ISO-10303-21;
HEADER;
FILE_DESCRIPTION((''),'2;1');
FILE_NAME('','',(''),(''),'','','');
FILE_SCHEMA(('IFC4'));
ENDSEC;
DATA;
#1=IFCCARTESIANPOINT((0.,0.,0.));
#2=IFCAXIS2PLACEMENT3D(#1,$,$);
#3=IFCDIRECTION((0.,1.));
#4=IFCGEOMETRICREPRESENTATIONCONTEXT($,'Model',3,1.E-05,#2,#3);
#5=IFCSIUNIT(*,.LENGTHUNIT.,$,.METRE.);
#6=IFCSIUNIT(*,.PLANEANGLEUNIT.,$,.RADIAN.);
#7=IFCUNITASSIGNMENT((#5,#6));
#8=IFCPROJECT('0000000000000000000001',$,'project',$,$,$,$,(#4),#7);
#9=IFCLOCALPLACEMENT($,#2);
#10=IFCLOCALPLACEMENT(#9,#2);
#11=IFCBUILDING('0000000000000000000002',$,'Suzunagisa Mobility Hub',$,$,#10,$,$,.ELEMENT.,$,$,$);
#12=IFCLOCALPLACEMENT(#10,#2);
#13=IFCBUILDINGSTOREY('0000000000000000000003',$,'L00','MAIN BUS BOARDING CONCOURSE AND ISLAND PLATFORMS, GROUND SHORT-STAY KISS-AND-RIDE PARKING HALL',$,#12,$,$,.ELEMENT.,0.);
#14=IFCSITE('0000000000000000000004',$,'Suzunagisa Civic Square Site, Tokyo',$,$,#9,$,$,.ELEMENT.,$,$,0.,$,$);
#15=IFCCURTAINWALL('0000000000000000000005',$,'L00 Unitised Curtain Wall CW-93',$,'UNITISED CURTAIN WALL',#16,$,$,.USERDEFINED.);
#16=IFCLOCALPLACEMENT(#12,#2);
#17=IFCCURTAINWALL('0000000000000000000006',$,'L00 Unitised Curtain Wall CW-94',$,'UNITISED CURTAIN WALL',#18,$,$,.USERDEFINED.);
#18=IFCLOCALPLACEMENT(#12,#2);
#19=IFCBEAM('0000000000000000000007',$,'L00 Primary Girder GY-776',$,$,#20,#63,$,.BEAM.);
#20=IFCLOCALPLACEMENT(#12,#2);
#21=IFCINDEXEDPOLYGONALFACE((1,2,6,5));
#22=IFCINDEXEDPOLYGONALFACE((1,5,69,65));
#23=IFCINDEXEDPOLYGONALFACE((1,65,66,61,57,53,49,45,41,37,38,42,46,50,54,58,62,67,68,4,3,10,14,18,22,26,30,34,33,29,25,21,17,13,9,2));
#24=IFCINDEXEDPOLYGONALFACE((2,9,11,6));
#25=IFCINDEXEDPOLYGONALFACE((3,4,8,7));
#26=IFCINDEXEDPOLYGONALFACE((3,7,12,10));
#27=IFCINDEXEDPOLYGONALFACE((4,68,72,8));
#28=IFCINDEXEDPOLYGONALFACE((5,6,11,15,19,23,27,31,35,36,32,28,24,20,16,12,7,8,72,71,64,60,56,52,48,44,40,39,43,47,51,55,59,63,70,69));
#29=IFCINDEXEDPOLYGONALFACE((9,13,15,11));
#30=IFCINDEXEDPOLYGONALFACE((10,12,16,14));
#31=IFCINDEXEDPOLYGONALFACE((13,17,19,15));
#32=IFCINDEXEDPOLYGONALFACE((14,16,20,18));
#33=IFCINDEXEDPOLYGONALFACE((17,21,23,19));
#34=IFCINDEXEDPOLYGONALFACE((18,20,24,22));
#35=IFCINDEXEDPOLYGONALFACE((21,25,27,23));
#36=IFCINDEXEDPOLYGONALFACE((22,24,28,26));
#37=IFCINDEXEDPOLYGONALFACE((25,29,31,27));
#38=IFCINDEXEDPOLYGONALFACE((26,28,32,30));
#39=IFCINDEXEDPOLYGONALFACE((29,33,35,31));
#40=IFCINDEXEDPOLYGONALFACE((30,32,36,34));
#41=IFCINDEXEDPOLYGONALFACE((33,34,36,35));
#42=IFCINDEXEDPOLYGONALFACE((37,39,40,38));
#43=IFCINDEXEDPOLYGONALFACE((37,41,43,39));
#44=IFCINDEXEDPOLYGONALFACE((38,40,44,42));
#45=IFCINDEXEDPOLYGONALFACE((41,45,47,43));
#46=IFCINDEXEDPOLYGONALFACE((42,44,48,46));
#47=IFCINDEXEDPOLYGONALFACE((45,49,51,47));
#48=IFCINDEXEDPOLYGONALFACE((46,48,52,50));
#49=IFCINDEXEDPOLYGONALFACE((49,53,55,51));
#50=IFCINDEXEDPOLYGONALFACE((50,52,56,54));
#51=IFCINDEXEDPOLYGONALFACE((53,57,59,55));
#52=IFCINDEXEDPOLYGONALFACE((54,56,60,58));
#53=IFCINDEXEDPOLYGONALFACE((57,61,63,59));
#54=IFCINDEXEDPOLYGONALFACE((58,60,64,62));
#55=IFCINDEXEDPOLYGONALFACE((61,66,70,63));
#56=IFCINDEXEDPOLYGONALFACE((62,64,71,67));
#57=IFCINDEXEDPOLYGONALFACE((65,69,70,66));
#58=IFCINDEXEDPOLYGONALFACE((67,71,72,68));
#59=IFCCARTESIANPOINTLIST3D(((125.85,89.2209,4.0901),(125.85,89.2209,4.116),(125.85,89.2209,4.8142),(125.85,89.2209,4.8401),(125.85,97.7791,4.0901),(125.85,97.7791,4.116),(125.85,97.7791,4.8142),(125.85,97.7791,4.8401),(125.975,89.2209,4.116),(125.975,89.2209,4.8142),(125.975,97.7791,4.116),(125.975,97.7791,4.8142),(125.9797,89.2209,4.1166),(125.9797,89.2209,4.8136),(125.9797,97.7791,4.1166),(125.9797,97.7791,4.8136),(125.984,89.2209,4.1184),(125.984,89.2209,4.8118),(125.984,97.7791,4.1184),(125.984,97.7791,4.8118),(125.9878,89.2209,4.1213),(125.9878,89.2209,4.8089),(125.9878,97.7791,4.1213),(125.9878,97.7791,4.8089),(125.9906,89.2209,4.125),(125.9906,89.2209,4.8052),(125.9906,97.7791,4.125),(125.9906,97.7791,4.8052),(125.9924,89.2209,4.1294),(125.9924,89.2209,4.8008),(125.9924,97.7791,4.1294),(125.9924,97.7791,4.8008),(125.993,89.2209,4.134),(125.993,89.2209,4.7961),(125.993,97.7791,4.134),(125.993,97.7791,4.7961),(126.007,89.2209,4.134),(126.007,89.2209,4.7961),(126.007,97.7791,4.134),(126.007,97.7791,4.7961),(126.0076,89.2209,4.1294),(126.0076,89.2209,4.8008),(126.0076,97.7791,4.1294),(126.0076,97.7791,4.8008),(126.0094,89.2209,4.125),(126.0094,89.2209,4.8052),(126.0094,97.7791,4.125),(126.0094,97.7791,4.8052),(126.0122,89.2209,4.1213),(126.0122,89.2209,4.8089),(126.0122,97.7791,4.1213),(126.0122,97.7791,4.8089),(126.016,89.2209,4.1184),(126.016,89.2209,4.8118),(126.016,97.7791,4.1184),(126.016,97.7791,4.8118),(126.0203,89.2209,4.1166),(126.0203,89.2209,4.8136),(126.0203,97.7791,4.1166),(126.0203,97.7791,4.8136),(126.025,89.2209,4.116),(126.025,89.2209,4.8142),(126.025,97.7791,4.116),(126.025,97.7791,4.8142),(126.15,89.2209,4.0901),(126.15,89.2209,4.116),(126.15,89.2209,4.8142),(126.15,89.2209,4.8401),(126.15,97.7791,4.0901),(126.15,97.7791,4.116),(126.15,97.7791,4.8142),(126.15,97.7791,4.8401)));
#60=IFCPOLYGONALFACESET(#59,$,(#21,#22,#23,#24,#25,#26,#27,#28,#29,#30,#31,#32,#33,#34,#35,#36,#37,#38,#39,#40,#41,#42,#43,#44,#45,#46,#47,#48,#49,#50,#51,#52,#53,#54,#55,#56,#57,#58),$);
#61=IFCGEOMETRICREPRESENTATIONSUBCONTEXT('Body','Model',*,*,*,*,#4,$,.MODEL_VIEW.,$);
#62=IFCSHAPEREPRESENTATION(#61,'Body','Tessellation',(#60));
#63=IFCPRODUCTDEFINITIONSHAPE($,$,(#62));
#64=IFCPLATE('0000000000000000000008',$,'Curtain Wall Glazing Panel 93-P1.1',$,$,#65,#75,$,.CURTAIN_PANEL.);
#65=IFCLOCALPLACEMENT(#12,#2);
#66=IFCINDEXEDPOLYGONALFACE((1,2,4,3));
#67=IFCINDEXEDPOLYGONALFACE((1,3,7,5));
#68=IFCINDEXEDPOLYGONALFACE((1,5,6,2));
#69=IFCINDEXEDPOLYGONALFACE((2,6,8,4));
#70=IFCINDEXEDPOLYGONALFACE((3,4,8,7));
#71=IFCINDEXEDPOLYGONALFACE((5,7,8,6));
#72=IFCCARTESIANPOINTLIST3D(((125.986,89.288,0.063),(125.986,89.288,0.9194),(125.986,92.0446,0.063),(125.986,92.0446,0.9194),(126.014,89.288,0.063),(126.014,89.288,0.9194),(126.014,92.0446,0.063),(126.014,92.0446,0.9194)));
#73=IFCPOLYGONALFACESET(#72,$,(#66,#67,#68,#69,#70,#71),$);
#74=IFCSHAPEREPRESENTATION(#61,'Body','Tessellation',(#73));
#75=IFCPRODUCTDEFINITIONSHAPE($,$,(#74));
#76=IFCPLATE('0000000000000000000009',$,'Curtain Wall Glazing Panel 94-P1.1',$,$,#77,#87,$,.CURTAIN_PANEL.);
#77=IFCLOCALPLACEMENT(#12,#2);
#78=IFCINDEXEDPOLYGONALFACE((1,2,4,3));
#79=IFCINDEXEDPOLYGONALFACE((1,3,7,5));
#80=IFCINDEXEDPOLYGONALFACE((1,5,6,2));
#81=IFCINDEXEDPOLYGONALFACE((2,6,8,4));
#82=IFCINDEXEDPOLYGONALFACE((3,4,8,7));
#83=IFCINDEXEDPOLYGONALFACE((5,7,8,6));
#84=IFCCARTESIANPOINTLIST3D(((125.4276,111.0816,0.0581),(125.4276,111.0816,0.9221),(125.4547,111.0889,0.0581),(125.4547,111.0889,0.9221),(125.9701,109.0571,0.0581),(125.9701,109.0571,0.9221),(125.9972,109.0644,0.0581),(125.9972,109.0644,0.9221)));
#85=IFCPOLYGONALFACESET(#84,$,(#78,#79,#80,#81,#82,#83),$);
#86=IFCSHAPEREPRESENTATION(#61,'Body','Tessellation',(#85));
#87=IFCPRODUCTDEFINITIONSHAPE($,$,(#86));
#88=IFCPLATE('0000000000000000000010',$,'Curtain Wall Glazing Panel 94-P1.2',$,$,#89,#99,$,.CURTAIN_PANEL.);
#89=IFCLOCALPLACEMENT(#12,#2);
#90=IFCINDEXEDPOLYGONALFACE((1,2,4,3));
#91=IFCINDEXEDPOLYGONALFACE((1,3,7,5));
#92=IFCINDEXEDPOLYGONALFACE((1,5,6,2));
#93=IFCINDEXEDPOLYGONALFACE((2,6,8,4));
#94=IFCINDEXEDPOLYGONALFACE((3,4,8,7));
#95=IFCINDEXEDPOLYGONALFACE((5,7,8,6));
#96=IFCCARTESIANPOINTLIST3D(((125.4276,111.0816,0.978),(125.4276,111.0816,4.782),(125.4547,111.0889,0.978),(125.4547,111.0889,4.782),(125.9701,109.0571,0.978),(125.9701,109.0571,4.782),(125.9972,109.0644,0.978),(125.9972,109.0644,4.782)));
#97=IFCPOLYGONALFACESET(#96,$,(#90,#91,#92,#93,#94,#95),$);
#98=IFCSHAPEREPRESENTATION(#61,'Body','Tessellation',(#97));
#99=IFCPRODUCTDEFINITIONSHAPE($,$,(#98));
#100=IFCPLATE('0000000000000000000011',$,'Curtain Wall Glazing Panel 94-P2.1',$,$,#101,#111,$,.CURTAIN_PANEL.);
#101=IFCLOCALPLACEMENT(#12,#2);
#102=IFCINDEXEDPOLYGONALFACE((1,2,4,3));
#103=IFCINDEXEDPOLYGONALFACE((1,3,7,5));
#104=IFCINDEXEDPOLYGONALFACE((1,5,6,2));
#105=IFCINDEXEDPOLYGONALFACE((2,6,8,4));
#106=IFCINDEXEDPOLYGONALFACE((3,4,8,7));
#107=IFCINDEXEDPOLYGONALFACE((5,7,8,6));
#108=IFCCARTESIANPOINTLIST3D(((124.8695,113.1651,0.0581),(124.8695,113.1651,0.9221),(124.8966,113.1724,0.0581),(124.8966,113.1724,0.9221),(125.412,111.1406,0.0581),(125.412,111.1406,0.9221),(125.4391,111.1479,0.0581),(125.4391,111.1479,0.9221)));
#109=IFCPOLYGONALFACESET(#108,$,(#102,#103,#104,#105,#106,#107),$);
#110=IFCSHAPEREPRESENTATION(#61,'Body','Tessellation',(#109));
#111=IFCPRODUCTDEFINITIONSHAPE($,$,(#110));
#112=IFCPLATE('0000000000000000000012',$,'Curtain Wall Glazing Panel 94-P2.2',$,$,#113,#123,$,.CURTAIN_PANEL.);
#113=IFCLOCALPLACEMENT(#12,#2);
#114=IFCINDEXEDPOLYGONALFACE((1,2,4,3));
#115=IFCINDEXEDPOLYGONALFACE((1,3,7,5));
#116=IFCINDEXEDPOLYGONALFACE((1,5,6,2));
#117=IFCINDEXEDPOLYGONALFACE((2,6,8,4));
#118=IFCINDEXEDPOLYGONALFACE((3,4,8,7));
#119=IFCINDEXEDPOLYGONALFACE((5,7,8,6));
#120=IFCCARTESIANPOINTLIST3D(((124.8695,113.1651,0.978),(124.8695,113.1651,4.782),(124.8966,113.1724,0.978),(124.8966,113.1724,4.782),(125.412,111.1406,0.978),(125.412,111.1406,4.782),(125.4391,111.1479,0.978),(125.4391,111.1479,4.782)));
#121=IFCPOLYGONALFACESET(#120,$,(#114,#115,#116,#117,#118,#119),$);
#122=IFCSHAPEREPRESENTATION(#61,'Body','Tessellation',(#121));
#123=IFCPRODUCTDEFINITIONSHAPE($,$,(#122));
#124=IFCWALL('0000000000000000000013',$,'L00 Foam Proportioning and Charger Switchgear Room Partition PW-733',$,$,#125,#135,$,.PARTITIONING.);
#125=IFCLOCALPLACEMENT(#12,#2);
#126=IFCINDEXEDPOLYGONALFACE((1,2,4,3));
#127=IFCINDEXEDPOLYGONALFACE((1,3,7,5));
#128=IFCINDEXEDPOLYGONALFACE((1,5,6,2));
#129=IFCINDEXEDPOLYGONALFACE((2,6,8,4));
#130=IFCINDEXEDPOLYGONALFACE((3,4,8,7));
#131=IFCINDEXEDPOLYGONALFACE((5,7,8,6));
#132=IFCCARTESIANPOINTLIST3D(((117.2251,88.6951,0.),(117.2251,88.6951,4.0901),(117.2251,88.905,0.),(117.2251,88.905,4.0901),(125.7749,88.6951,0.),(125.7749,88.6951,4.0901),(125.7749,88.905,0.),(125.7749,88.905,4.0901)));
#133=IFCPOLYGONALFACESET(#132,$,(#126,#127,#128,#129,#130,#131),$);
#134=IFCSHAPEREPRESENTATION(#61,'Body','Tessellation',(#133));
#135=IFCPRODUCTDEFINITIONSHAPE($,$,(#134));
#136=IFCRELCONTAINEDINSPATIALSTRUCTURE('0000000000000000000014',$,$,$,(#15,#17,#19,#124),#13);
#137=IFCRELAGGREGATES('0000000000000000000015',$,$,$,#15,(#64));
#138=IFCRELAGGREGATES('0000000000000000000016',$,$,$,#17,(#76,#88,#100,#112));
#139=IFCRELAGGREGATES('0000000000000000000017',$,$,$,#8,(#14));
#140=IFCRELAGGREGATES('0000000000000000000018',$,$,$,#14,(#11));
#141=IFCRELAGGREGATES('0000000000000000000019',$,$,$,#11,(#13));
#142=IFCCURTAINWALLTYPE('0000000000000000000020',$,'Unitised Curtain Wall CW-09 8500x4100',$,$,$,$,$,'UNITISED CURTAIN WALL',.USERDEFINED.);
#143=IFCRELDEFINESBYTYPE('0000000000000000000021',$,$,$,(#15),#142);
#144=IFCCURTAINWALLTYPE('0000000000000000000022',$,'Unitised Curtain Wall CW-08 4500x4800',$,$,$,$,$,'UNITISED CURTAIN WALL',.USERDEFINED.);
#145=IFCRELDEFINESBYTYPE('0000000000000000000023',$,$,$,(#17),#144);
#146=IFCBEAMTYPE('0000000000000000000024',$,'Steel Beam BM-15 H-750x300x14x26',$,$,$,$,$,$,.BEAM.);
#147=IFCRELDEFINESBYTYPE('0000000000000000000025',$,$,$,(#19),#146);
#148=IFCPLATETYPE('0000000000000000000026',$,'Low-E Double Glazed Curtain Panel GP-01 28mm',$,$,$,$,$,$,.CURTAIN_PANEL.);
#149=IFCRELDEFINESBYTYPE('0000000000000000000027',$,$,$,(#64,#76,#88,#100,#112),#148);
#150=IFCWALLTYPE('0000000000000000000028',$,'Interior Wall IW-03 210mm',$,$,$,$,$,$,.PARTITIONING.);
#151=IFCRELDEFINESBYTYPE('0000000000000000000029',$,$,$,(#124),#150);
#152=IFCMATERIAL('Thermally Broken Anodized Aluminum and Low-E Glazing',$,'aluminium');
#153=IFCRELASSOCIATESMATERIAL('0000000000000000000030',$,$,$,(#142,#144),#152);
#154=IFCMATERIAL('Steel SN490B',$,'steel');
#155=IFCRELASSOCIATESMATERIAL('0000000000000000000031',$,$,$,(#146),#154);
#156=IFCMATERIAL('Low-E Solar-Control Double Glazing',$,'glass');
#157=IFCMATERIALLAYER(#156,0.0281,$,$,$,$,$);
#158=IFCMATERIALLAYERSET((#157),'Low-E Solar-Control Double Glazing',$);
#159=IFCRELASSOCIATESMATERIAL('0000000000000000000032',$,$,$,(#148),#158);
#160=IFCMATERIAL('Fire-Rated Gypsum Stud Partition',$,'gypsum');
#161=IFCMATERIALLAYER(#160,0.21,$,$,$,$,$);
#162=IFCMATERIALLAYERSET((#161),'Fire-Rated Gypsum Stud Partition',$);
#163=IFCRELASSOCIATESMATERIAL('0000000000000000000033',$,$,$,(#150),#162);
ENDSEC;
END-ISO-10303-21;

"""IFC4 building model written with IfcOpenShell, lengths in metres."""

from ifc_helpers import new_model, si_unit, direction, frame, frame_2d, origin, origin_2d, place, context, subcontext, project, spatial, rectangle, i_section, extrude, material, layer, layer_set, material_profile, profile_set, type_object, element, aggregate, save


model = new_model("IFC4")

# Units and contexts
model_context = context("Model", 3, precision=1e-05, world=origin(), true_north=direction((0.0, 1.0)))
body_context = subcontext(model_context, "Body", "Model", "MODEL_VIEW")
ifc_project = project(units=[si_unit("LENGTHUNIT", "METRE"), si_unit("PLANEANGLEUNIT", "RADIAN")], contexts=[model_context])

# Site, building, storey
site_placement = place(None, origin())
site = spatial("IfcSite", under=ifc_project, at=site_placement, Name="Suzunagisa Civic Square Site, Tokyo", CompositionType="ELEMENT", RefElevation=0.0)
building_placement = place(site_placement, origin())
building = spatial("IfcBuilding", under=site, at=building_placement, Name="Suzunagisa Mobility Hub", CompositionType="ELEMENT")
storey_placement = place(building_placement, origin())
storey = spatial("IfcBuildingStorey", under=building, at=storey_placement, Name="L00", Description="MAIN BUS BOARDING CONCOURSE AND ISLAND PLATFORMS, GROUND SHORT-STAY KISS-AND-RIDE PARKING HALL", CompositionType="ELEMENT", Elevation=0.0)

# Shared definitions
ifc_material_1 = material(Name="Steel SN490B", Category="steel")

# Curtain walls
ifc_material_2 = material(Name="Thermally Broken Anodized Aluminum and Low-E Glazing", Category="aluminium")
curtain_wall_type_1 = type_object("IfcCurtainWallType", Name="Unitised Curtain Wall CW-09 8500x4100", ElementType="UNITISED CURTAIN WALL", PredefinedType="USERDEFINED", material=ifc_material_2)
curtain_wall_1_placement = place(storey_placement, origin())
curtain_wall_1 = element("IfcCurtainWall", 1, at=curtain_wall_1_placement, inside=storey, type_object=curtain_wall_type_1, Name="L00 Unitised Curtain Wall CW-93", ObjectType="UNITISED CURTAIN WALL", PredefinedType="USERDEFINED")
curtain_wall_type_2 = type_object("IfcCurtainWallType", Name="Unitised Curtain Wall CW-08 4500x4800", ElementType="UNITISED CURTAIN WALL", PredefinedType="USERDEFINED", material=ifc_material_2)
curtain_wall_2_placement = place(storey_placement, origin())
curtain_wall_2 = element("IfcCurtainWall", 2, at=curtain_wall_2_placement, inside=storey, type_object=curtain_wall_type_2, Name="L00 Unitised Curtain Wall CW-94", ObjectType="UNITISED CURTAIN WALL", PredefinedType="USERDEFINED")

# Beam
ifc_material_profile_1 = material_profile(ifc_material_1, i_section(OverallWidth=0.3, OverallDepth=0.75, WebThickness=0.0139, FlangeThickness=0.0259, FilletRadius=0.0181, at=origin_2d()), Name="H-750x300x14x26")
ifc_profile_set_1 = profile_set([ifc_material_profile_1], Name="Steel SN490B")
beam_type_1 = type_object("IfcBeamType", Name="Steel Beam BM-15 H-750x300x14x26", PredefinedType="BEAM", material=ifc_profile_set_1)
beam_1_placement = place(storey_placement, frame((126.0, 89.2209, 4.4651), z_axis=(0.0, 1.0, 0.0), x_axis=(-1.0, 0.0, 0.0)))
element("IfcBeam", 3, at=beam_1_placement, inside=storey, type_object=beam_type_1, Name="L00 Primary Girder GY-776", PredefinedType="BEAM", context=body_context, shape_type="SweptSolid", body=[
    extrude(i_section(OverallWidth=0.3, OverallDepth=0.75, WebThickness=0.0139, FlangeThickness=0.0259, FilletRadius=0.0181, at=origin_2d()), origin(), (0.0, 0.0, 1.0), 8.5581),
])

# Plates
ifc_material_3 = material(Name="Low-E Solar-Control Double Glazing", Category="glass")
ifc_layer_1 = layer(ifc_material_3, 0.0281)
ifc_layer_set_1 = layer_set([ifc_layer_1], Name="Low-E Solar-Control Double Glazing")
plate_type = type_object("IfcPlateType", Name="Low-E Double Glazed Curtain Panel GP-01 28mm", PredefinedType="CURTAIN_PANEL", material=ifc_layer_set_1)
plate_1_placement = place(storey_placement, frame((126.0, 90.6663, 0.063), z_axis=(0.0, 0.0, 1.0), x_axis=(0.0, 1.0, 0.0)))
plate_1 = element("IfcPlate", 4, at=plate_1_placement, type_object=plate_type, Name="Curtain Wall Glazing Panel 93-P1.1", PredefinedType="CURTAIN_PANEL", context=body_context, shape_type="SweptSolid", body=[
    extrude(rectangle(XDim=2.7566, YDim=0.0281, at=origin_2d()), origin(), (0.0, 0.0, 1.0), 0.8564),
])
aggregate(curtain_wall_1, [plate_1])
plate_2_placement = place(storey_placement, frame((125.7124, 110.073, 0.0581), z_axis=(0.0, 0.0, 1.0), x_axis=(-0.258815, 0.965927, 0.0)))
plate_2 = element("IfcPlate", 5, at=plate_2_placement, type_object=plate_type, Name="Curtain Wall Glazing Panel 94-P1.1", PredefinedType="CURTAIN_PANEL", context=body_context, shape_type="SweptSolid", body=[
    extrude(rectangle(XDim=2.0959, YDim=0.0281, at=origin_2d()), origin(), (0.0, 0.0, 1.0), 0.864),
])
plate_3_placement = place(storey_placement, frame((125.7124, 110.073, 0.978), z_axis=(0.0, 0.0, 1.0), x_axis=(-0.258815, 0.965927, 0.0)))
plate_3 = element("IfcPlate", 6, at=plate_3_placement, type_object=plate_type, Name="Curtain Wall Glazing Panel 94-P1.2", PredefinedType="CURTAIN_PANEL", context=body_context, shape_type="SweptSolid", body=[
    extrude(rectangle(XDim=2.0959, YDim=0.0281, at=origin_2d()), origin(), (0.0, 0.0, 1.0), 3.804),
])
plate_4_placement = place(storey_placement, frame((125.1543, 112.1565, 0.0581), z_axis=(0.0, 0.0, 1.0), x_axis=(-0.258815, 0.965927, 0.0)))
plate_4 = element("IfcPlate", 7, at=plate_4_placement, type_object=plate_type, Name="Curtain Wall Glazing Panel 94-P2.1", PredefinedType="CURTAIN_PANEL", context=body_context, shape_type="SweptSolid", body=[
    extrude(rectangle(XDim=2.0959, YDim=0.0281, at=origin_2d()), origin(), (0.0, 0.0, 1.0), 0.864),
])
plate_5_placement = place(storey_placement, frame((125.1543, 112.1565, 0.978), z_axis=(0.0, 0.0, 1.0), x_axis=(-0.258815, 0.965927, 0.0)))
plate_5 = element("IfcPlate", 8, at=plate_5_placement, type_object=plate_type, Name="Curtain Wall Glazing Panel 94-P2.2", PredefinedType="CURTAIN_PANEL", context=body_context, shape_type="SweptSolid", body=[
    extrude(rectangle(XDim=2.0959, YDim=0.0281, at=origin_2d()), origin(), (0.0, 0.0, 1.0), 3.804),
])
aggregate(curtain_wall_2, [plate_2, plate_3, plate_4, plate_5])

# Wall
ifc_material_4 = material(Name="Fire-Rated Gypsum Stud Partition", Category="gypsum")
ifc_layer_2 = layer(ifc_material_4, 0.21)
ifc_layer_set_2 = layer_set([ifc_layer_2], Name="Fire-Rated Gypsum Stud Partition")
wall_type = type_object("IfcWallType", Name="Interior Wall IW-03 210mm", PredefinedType="PARTITIONING", material=ifc_layer_set_2)
wall_placement = place(storey_placement, frame((117.2251, 88.8, 0.0), z_axis=(0.0, 0.0, 1.0), x_axis=(1.0, 0.0, 0.0)))
element("IfcWall", 9, at=wall_placement, inside=storey, type_object=wall_type, Name="L00 Foam Proportioning and Charger Switchgear Room Partition PW-733", PredefinedType="PARTITIONING", context=body_context, shape_type="SweptSolid", body=[
    extrude(rectangle(XDim=8.5498, YDim=0.21, at=frame_2d((4.2749, 0.0))), origin(), (0.0, 0.0, 1.0), 4.0901),
])

save(model, "model.ifc")
